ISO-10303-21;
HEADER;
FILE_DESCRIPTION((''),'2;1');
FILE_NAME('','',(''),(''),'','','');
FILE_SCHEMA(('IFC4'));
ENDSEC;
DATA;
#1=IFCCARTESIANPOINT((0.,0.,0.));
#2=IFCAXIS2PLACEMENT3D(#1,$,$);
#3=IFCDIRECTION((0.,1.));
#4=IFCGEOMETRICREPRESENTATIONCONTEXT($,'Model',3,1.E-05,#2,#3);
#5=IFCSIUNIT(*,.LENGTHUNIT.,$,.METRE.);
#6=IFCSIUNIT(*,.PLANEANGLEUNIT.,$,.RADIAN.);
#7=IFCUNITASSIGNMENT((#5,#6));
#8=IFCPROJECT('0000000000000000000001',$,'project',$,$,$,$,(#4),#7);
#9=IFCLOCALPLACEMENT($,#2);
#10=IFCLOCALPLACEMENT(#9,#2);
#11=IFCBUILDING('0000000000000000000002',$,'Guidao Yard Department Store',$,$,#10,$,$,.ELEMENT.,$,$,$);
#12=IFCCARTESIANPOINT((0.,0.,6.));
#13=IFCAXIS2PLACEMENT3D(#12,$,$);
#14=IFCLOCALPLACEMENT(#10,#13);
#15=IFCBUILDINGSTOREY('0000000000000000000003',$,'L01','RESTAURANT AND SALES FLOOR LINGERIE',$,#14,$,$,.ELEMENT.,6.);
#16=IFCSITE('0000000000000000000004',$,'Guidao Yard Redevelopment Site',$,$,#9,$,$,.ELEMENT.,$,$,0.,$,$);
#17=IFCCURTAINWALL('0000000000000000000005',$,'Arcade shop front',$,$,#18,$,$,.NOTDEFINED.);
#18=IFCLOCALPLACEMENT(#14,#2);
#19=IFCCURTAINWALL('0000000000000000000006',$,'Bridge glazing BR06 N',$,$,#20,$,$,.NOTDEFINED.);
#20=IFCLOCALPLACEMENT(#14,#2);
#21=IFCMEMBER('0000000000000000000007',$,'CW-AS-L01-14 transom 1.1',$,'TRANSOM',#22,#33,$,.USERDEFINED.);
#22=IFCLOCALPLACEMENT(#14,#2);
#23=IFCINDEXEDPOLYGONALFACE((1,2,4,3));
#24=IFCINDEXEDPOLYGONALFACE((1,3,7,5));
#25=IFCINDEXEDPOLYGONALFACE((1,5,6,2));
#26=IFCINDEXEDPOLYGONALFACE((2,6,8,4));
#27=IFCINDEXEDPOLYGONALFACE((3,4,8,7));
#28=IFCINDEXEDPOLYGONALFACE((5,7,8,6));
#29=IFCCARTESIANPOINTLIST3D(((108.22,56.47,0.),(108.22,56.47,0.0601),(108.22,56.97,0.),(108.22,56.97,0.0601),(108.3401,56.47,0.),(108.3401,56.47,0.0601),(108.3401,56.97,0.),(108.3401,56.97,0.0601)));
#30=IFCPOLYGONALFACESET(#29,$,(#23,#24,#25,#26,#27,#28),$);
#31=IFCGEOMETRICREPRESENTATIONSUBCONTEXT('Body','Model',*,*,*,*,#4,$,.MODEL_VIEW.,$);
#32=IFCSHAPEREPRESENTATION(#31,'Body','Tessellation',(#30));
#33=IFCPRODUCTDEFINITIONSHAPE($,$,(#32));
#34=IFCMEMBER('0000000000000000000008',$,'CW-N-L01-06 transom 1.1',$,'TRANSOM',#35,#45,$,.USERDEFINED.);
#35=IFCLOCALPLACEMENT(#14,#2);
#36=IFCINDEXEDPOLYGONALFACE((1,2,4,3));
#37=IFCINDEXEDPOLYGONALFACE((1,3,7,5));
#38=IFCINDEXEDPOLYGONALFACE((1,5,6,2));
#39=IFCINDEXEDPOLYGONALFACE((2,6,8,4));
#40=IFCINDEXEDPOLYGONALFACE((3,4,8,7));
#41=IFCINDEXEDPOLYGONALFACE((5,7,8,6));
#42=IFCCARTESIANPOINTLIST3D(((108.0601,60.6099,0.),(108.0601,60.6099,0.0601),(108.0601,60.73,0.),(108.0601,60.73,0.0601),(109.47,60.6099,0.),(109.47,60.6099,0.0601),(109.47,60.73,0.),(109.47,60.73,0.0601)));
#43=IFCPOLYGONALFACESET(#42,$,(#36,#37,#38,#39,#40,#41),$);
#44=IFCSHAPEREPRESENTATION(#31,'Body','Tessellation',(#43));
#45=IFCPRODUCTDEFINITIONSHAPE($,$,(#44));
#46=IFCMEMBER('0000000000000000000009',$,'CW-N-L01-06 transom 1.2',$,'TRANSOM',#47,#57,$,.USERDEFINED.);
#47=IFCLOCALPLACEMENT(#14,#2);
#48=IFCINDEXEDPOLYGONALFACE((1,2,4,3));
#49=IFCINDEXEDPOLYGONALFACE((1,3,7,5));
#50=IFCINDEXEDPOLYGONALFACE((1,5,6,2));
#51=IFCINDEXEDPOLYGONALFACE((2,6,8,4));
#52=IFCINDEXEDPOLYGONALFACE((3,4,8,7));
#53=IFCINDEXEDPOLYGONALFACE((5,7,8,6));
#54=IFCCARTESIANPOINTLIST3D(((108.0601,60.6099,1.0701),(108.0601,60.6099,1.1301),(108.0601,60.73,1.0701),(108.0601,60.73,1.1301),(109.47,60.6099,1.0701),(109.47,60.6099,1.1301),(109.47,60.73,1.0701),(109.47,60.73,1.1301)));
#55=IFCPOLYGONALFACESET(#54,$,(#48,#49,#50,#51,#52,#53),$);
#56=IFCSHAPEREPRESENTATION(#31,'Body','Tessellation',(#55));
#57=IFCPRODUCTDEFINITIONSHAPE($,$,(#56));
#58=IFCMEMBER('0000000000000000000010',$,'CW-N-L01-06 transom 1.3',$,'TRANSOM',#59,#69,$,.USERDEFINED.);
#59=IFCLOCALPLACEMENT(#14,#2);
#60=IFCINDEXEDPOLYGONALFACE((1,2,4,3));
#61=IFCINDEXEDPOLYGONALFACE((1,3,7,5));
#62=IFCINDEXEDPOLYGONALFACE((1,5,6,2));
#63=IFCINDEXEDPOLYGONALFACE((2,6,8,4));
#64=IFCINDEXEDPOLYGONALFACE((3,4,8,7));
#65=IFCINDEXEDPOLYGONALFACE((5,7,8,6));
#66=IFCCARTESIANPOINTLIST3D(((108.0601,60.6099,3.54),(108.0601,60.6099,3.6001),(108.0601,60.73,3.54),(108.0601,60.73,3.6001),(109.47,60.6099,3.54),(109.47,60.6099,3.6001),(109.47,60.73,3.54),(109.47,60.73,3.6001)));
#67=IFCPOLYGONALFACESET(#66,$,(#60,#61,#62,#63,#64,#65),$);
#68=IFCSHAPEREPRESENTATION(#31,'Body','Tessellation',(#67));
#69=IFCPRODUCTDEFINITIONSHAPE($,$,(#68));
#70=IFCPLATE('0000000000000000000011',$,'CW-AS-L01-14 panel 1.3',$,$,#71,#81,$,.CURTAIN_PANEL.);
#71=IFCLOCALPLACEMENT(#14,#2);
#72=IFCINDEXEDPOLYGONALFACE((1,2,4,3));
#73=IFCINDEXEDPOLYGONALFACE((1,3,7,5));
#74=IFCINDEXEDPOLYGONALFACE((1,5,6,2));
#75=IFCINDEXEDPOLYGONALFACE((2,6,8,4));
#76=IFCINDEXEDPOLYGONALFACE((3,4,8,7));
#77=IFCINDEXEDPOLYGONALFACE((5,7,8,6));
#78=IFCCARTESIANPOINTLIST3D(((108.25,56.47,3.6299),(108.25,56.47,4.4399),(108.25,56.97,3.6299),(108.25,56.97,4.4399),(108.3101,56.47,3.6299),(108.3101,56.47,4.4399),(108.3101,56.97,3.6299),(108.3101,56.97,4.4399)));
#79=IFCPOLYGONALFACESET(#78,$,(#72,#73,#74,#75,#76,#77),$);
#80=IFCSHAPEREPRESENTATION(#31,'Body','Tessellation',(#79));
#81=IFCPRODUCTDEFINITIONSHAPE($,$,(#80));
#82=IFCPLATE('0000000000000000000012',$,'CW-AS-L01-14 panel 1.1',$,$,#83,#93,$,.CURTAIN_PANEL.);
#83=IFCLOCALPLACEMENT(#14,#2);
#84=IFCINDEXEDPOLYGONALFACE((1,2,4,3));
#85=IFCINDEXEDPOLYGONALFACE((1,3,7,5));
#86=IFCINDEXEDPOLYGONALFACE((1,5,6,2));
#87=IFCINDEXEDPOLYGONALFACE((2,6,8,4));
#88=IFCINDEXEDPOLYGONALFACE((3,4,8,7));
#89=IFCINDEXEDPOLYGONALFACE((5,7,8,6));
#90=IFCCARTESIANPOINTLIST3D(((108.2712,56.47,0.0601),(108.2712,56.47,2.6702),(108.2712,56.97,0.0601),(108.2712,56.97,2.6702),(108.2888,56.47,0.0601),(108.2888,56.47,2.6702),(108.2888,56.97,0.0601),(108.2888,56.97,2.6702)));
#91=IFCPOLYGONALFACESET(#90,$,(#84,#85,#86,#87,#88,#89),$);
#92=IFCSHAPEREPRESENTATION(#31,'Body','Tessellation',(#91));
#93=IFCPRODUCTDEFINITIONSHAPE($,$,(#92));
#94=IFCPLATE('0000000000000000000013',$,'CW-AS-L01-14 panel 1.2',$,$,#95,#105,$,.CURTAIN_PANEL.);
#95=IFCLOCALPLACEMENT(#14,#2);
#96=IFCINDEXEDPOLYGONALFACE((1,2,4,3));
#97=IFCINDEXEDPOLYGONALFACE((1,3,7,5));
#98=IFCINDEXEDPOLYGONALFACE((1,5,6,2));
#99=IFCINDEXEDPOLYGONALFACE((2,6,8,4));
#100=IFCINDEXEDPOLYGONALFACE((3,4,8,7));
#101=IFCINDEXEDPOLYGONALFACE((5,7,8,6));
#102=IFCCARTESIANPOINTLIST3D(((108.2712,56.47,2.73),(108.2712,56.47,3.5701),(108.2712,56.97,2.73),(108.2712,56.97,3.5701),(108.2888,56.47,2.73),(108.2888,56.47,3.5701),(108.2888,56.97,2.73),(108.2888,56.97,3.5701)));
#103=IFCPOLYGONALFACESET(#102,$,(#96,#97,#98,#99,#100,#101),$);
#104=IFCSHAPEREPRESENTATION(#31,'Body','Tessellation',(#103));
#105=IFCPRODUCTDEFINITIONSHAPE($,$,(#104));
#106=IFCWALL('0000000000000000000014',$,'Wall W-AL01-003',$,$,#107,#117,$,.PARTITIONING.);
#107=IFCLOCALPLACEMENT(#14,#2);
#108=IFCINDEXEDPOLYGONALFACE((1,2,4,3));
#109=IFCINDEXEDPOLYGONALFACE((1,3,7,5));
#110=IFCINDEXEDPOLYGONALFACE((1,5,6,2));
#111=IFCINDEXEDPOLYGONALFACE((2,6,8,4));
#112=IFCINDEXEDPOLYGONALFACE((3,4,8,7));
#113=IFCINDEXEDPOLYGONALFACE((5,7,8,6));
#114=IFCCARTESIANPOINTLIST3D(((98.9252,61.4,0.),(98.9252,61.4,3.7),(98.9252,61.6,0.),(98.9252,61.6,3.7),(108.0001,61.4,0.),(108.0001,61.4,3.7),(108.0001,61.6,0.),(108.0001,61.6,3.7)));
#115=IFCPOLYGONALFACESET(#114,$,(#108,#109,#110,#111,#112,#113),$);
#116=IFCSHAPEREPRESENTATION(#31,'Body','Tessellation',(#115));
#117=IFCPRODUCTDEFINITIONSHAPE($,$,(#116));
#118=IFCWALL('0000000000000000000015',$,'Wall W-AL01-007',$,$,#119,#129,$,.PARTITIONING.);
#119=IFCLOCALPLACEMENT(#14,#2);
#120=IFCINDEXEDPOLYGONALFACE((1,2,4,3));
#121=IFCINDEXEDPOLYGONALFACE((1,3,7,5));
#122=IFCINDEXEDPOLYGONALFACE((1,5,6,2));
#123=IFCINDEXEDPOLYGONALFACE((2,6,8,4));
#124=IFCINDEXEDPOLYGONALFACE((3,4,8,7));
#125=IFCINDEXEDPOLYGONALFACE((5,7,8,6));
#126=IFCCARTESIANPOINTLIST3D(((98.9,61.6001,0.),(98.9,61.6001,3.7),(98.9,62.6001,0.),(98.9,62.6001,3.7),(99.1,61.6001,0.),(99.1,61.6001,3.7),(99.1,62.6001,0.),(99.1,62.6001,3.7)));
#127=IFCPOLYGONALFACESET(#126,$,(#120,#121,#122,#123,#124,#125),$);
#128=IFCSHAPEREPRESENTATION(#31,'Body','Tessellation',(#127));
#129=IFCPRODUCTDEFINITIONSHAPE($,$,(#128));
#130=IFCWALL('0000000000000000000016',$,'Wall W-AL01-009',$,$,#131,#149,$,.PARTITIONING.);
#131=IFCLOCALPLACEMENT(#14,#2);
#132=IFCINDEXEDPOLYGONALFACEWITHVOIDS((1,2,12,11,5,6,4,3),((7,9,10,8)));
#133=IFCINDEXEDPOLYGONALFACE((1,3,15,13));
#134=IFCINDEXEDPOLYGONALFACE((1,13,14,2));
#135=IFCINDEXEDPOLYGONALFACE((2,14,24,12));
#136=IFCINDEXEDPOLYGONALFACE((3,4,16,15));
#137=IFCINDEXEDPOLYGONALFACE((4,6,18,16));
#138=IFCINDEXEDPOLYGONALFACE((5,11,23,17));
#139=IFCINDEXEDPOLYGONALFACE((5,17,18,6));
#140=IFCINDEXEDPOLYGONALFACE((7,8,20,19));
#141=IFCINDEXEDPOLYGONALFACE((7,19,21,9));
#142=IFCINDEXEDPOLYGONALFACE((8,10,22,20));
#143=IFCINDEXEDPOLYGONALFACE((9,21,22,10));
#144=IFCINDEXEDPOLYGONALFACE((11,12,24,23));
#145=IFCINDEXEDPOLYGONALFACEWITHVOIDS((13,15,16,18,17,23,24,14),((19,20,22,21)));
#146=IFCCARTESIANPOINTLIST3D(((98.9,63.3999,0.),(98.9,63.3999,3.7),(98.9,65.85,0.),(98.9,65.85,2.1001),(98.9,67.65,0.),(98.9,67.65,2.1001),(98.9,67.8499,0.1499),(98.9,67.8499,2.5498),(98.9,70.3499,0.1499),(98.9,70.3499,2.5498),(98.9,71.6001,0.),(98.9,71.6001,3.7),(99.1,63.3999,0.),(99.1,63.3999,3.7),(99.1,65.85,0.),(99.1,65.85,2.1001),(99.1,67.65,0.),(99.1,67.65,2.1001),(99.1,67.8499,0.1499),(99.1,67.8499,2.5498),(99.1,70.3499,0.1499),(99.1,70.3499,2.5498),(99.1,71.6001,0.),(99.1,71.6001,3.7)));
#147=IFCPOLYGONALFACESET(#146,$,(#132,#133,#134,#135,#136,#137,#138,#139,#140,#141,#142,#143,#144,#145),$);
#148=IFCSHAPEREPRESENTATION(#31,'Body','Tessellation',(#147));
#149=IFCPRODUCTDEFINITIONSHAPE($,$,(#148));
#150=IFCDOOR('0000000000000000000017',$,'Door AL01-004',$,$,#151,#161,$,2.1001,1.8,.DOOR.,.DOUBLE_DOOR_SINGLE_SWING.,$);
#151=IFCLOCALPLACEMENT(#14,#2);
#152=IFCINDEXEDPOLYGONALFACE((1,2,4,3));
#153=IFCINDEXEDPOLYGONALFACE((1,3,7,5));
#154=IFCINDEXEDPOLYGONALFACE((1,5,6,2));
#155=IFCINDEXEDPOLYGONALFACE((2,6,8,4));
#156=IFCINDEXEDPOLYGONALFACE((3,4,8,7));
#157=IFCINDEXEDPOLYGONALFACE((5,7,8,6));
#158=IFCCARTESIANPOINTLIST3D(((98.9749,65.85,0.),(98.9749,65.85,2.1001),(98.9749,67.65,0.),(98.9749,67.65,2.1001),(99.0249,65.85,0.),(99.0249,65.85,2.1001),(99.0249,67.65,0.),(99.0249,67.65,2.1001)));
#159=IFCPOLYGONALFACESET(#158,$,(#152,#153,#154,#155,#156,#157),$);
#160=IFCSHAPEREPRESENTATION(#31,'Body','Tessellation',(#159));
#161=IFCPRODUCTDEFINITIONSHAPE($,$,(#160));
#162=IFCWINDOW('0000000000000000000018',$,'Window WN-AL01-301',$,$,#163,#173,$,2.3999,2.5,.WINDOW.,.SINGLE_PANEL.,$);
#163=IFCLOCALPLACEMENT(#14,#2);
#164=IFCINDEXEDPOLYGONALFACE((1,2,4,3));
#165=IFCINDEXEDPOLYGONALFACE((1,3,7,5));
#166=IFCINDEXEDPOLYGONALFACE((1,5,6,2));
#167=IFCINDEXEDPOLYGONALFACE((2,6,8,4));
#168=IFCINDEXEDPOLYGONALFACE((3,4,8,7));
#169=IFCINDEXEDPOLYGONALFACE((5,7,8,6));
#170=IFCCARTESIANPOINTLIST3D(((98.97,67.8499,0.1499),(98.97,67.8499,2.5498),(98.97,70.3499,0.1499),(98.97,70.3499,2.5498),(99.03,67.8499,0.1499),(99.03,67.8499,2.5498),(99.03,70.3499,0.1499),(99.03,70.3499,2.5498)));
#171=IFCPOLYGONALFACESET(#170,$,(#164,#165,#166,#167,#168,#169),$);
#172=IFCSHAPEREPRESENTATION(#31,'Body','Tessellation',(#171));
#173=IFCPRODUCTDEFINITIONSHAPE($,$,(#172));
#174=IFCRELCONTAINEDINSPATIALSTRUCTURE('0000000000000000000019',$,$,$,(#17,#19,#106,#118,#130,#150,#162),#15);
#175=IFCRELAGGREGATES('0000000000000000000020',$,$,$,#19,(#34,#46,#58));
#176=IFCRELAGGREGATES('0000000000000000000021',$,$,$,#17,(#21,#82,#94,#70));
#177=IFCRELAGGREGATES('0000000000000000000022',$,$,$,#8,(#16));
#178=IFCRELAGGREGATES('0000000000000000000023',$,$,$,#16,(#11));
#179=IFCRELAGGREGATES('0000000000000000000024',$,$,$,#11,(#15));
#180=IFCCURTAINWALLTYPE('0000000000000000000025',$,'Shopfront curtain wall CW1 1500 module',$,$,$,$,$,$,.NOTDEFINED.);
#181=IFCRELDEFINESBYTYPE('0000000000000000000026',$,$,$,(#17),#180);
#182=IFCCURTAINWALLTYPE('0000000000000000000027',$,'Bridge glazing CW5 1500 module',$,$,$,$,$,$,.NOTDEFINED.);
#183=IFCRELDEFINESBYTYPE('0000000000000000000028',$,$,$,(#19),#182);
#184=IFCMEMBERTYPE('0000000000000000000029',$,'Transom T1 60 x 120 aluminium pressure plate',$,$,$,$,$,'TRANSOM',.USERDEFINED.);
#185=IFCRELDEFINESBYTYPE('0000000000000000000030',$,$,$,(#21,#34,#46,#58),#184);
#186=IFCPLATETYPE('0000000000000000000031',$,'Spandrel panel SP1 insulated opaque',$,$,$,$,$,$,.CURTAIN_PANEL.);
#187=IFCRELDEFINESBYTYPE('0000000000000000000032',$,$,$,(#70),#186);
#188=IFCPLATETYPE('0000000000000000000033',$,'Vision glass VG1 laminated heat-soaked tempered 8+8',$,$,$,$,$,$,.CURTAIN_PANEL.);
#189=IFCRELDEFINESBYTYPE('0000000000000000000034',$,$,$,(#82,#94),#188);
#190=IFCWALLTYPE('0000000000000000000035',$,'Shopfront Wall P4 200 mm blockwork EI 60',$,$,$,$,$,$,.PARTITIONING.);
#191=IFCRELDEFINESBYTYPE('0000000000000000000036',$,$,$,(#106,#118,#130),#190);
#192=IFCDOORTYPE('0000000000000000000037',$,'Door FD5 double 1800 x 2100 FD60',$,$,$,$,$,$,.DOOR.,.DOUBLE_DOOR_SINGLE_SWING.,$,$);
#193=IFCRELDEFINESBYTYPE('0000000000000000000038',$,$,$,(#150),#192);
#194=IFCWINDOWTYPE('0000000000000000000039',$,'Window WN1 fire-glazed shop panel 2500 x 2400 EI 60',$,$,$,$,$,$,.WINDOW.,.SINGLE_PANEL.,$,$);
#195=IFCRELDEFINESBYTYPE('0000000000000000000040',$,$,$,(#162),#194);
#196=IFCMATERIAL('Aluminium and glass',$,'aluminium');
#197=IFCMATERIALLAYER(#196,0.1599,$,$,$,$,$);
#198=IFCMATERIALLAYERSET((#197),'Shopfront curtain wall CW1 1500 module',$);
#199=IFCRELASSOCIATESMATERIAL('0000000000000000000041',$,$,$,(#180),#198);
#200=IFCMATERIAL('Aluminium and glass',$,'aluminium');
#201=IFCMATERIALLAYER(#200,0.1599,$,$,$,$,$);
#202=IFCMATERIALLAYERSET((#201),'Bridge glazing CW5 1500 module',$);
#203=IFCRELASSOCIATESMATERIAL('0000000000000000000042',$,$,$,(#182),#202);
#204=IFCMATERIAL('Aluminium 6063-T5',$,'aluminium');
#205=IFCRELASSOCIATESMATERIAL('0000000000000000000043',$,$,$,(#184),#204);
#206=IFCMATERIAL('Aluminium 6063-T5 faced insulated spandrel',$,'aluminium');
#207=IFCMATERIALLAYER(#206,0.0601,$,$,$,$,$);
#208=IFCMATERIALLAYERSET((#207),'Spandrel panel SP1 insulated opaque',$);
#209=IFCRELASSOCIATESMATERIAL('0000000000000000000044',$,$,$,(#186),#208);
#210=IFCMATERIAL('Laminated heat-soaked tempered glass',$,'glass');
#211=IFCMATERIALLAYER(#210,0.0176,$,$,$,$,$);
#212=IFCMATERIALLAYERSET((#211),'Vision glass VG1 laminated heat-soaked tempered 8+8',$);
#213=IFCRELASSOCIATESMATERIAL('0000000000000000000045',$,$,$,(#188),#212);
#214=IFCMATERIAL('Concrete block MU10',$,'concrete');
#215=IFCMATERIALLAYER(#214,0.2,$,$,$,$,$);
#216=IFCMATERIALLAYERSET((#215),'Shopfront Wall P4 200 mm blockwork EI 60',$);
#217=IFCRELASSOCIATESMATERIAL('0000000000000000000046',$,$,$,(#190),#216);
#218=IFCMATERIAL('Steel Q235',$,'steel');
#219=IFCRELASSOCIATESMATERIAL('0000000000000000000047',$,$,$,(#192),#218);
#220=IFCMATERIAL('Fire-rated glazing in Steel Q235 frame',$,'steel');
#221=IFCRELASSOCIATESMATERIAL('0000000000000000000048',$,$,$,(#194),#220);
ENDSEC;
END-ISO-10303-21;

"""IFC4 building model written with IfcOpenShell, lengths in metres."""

from ifc_helpers import new_model, si_unit, direction, frame, frame_2d, origin, origin_2d, place, context, subcontext, project, spatial, rectangle, extrude, material, layer, layer_set, material_profile, profile_set, type_object, element, fill, aggregate, save


model = new_model("IFC4")

# Units and contexts
model_context = context("Model", 3, precision=1e-05, world=origin(), true_north=direction((0.0, 1.0)))
body_context = subcontext(model_context, "Body", "Model", "MODEL_VIEW")
ifc_project = project(units=[si_unit("LENGTHUNIT", "METRE"), si_unit("PLANEANGLEUNIT", "RADIAN")], contexts=[model_context])

# Site, building, storey
site_placement = place(None, origin())
site = spatial("IfcSite", under=ifc_project, at=site_placement, Name="Guidao Yard Redevelopment Site", CompositionType="ELEMENT", RefElevation=0.0)
building_placement = place(site_placement, origin())
building = spatial("IfcBuilding", under=site, at=building_placement, Name="Guidao Yard Department Store", CompositionType="ELEMENT")
storey_placement = place(building_placement, frame((0.0, 0.0, 6.0)))
storey = spatial("IfcBuildingStorey", under=building, at=storey_placement, Name="L01", Description="RESTAURANT AND SALES FLOOR LINGERIE", CompositionType="ELEMENT", Elevation=6.0)

# Curtain walls
ifc_material_1 = material(Name="Aluminium and glass", Category="aluminium")
ifc_layer_1 = layer(ifc_material_1, 0.1599)
ifc_layer_set_1 = layer_set([ifc_layer_1], Name="Shopfront curtain wall CW1 1500 module")
curtain_wall_type_1 = type_object("IfcCurtainWallType", Name="Shopfront curtain wall CW1 1500 module", PredefinedType="NOTDEFINED", material=ifc_layer_set_1)
curtain_wall_1_placement = place(storey_placement, origin())
curtain_wall_1 = element("IfcCurtainWall", 1, at=curtain_wall_1_placement, inside=storey, type_object=curtain_wall_type_1, Name="Arcade shop front", PredefinedType="NOTDEFINED")
ifc_material_2 = material(Name="Aluminium and glass", Category="aluminium")
ifc_layer_2 = layer(ifc_material_2, 0.1599)
ifc_layer_set_2 = layer_set([ifc_layer_2], Name="Bridge glazing CW5 1500 module")
curtain_wall_type_2 = type_object("IfcCurtainWallType", Name="Bridge glazing CW5 1500 module", PredefinedType="NOTDEFINED", material=ifc_layer_set_2)
curtain_wall_2_placement = place(storey_placement, origin())
curtain_wall_2 = element("IfcCurtainWall", 2, at=curtain_wall_2_placement, inside=storey, type_object=curtain_wall_type_2, Name="Bridge glazing BR06 N", PredefinedType="NOTDEFINED")

# Members
ifc_material_3 = material(Name="Aluminium 6063-T5", Category="aluminium")
ifc_material_profile_1 = material_profile(ifc_material_3, rectangle(XDim=0.1201, YDim=0.0601, at=origin_2d()), Name="Transom T1 60 x 120 aluminium pressure plate")
ifc_profile_set_1 = profile_set([ifc_material_profile_1], Name="Aluminium 6063-T5")
member_type_1 = type_object("IfcMemberType", Name="Transom T1 60 x 120 aluminium pressure plate", ElementType="TRANSOM", PredefinedType="USERDEFINED", material=ifc_profile_set_1)
member_1_placement = place(storey_placement, frame((108.28, 56.97, 0.03), z_axis=(0.0, -1.0, 0.0), x_axis=(1.0, 0.0, 0.0)))
member_1 = element("IfcMember", 3, at=member_1_placement, type_object=member_type_1, Name="CW-AS-L01-14 transom 1.1", ObjectType="TRANSOM", PredefinedType="USERDEFINED", context=body_context, shape_type="SweptSolid", body=[
    extrude(rectangle(XDim=0.1201, YDim=0.0601, at=origin_2d()), origin(), (0.0, 0.0, 1.0), 0.5),
])
member_2_placement = place(storey_placement, frame((108.0601, 60.6699, 0.03), z_axis=(1.0, 0.0, 0.0), x_axis=(0.0, 1.0, 0.0)))
member_2 = element("IfcMember", 4, at=member_2_placement, type_object=member_type_1, Name="CW-N-L01-06 transom 1.1", ObjectType="TRANSOM", PredefinedType="USERDEFINED", context=body_context, shape_type="SweptSolid", body=[
    extrude(rectangle(XDim=0.1201, YDim=0.0601, at=origin_2d()), origin(), (0.0, 0.0, 1.0), 1.4099),
])
member_3_placement = place(storey_placement, frame((108.0601, 60.6699, 1.1001), z_axis=(1.0, 0.0, 0.0), x_axis=(0.0, 1.0, 0.0)))
member_3 = element("IfcMember", 5, at=member_3_placement, type_object=member_type_1, Name="CW-N-L01-06 transom 1.2", ObjectType="TRANSOM", PredefinedType="USERDEFINED", context=body_context, shape_type="SweptSolid", body=[
    extrude(rectangle(XDim=0.1201, YDim=0.0601, at=origin_2d()), origin(), (0.0, 0.0, 1.0), 1.4099),
])
member_4_placement = place(storey_placement, frame((108.0601, 60.6699, 3.5701), z_axis=(1.0, 0.0, 0.0), x_axis=(0.0, 1.0, 0.0)))
member_4 = element("IfcMember", 6, at=member_4_placement, type_object=member_type_1, Name="CW-N-L01-06 transom 1.3", ObjectType="TRANSOM", PredefinedType="USERDEFINED", context=body_context, shape_type="SweptSolid", body=[
    extrude(rectangle(XDim=0.1201, YDim=0.0601, at=origin_2d()), origin(), (0.0, 0.0, 1.0), 1.4099),
])
aggregate(curtain_wall_2, [member_2, member_3, member_4])

# Plates
ifc_material_4 = material(Name="Aluminium 6063-T5 faced insulated spandrel", Category="aluminium")
ifc_layer_3 = layer(ifc_material_4, 0.0601)
ifc_layer_set_3 = layer_set([ifc_layer_3], Name="Spandrel panel SP1 insulated opaque")
plate_type_1 = type_object("IfcPlateType", Name="Spandrel panel SP1 insulated opaque", PredefinedType="CURTAIN_PANEL", material=ifc_layer_set_3)
plate_1_placement = place(storey_placement, frame((108.28, 56.72, 3.6299), z_axis=(0.0, 0.0, 1.0), x_axis=(0.0, -1.0, 0.0)))
plate_1 = element("IfcPlate", 7, at=plate_1_placement, type_object=plate_type_1, Name="CW-AS-L01-14 panel 1.3", PredefinedType="CURTAIN_PANEL", context=body_context, shape_type="SweptSolid", body=[
    extrude(rectangle(XDim=0.5, YDim=0.0601, at=origin_2d()), origin(), (0.0, 0.0, 1.0), 0.8101),
])
ifc_material_5 = material(Name="Laminated heat-soaked tempered glass", Category="glass")
ifc_layer_4 = layer(ifc_material_5, 0.0176)
ifc_layer_set_4 = layer_set([ifc_layer_4], Name="Vision glass VG1 laminated heat-soaked tempered 8+8")
plate_type_2 = type_object("IfcPlateType", Name="Vision glass VG1 laminated heat-soaked tempered 8+8", PredefinedType="CURTAIN_PANEL", material=ifc_layer_set_4)
plate_2_placement = place(storey_placement, frame((108.28, 56.72, 0.0601), z_axis=(0.0, 0.0, 1.0), x_axis=(0.0, -1.0, 0.0)))
plate_2 = element("IfcPlate", 8, at=plate_2_placement, type_object=plate_type_2, Name="CW-AS-L01-14 panel 1.1", PredefinedType="CURTAIN_PANEL", context=body_context, shape_type="SweptSolid", body=[
    extrude(rectangle(XDim=0.5, YDim=0.0176, at=origin_2d()), origin(), (0.0, 0.0, 1.0), 2.6101),
])
plate_3_placement = place(storey_placement, frame((108.28, 56.72, 2.73), z_axis=(0.0, 0.0, 1.0), x_axis=(0.0, -1.0, 0.0)))
plate_3 = element("IfcPlate", 9, at=plate_3_placement, type_object=plate_type_2, Name="CW-AS-L01-14 panel 1.2", PredefinedType="CURTAIN_PANEL", context=body_context, shape_type="SweptSolid", body=[
    extrude(rectangle(XDim=0.5, YDim=0.0176, at=origin_2d()), origin(), (0.0, 0.0, 1.0), 0.8401),
])
aggregate(curtain_wall_1, [member_1, plate_2, plate_3, plate_1])

# Walls
ifc_material_6 = material(Name="Concrete block MU10", Category="concrete")
ifc_layer_5 = layer(ifc_material_6, 0.2)
ifc_layer_set_5 = layer_set([ifc_layer_5], Name="Shopfront Wall P4 200 mm blockwork EI 60")
wall_type = type_object("IfcWallType", Name="Shopfront Wall P4 200 mm blockwork EI 60", PredefinedType="PARTITIONING", material=ifc_layer_set_5)
wall_1_placement = place(storey_placement, frame((98.925, 61.5, 0.0), z_axis=(0.0, 0.0, 1.0), x_axis=(1.0, 0.0, 0.0)))
element("IfcWall", 10, at=wall_1_placement, inside=storey, type_object=wall_type, Name="Wall W-AL01-003", PredefinedType="PARTITIONING", context=body_context, shape_type="SweptSolid", body=[
    extrude(rectangle(XDim=9.075, YDim=0.2, at=frame_2d((4.5376, 0.0))), origin(), (0.0, 0.0, 1.0), 3.7),
])
wall_2_placement = place(storey_placement, frame((99.0, 61.6001, 0.0), z_axis=(0.0, 0.0, 1.0), x_axis=(0.0, 1.0, 0.0)))
element("IfcWall", 11, at=wall_2_placement, inside=storey, type_object=wall_type, Name="Wall W-AL01-007", PredefinedType="PARTITIONING", context=body_context, shape_type="SweptSolid", body=[
    extrude(rectangle(XDim=1.0, YDim=0.2, at=frame_2d((0.5, 0.0))), origin(), (0.0, 0.0, 1.0), 3.7),
])

# Wall, openings, door, window
wall_3_placement = place(storey_placement, frame((99.0, 63.3999, 0.0), z_axis=(0.0, 0.0, 1.0), x_axis=(0.0, 1.0, 0.0)))
wall_3 = element("IfcWall", 12, at=wall_3_placement, inside=storey, type_object=wall_type, Name="Wall W-AL01-009", PredefinedType="PARTITIONING", context=body_context, shape_type="SweptSolid", body=[
    extrude(rectangle(XDim=8.2002, YDim=0.2, at=frame_2d((4.1001, 0.0))), origin(), (0.0, 0.0, 1.0), 3.7),
])
opening_1_placement = place(wall_3_placement, frame((4.25, 0.0, 0.0), z_axis=(0.0, 0.0, 1.0), x_axis=(-1.0, 0.0, 0.0)))
opening_1 = element("IfcOpeningElement", 13, at=opening_1_placement, cuts=wall_3, PredefinedType="OPENING", context=body_context, shape_type="SweptSolid", body=[
    extrude(rectangle(XDim=1.8, YDim=2.1001, at=frame_2d((0.8999, 1.05))), frame((0.0, 0.1099, 0.0), z_axis=(0.0, -1.0, 0.0), x_axis=(1.0, 0.0, 0.0)), (0.0, 0.0, 1.0), 0.22),
])
opening_2_placement = place(wall_3_placement, frame((4.45, 0.0, 0.1499)))
opening_2 = element("IfcOpeningElement", 14, at=opening_2_placement, cuts=wall_3, PredefinedType="OPENING", context=body_context, shape_type="SweptSolid", body=[
    extrude(rectangle(XDim=2.5, YDim=2.3999, at=frame_2d((1.25, 1.2))), frame((0.0, 0.1099, 0.0), z_axis=(0.0, -1.0, 0.0), x_axis=(1.0, 0.0, 0.0)), (0.0, 0.0, 1.0), 0.22),
])
ifc_material_7 = material(Name="Steel Q235", Category="steel")
door_type = type_object("IfcDoorType", Name="Door FD5 double 1800 x 2100 FD60", OperationType="DOUBLE_DOOR_SINGLE_SWING", PredefinedType="DOOR", material=ifc_material_7)
door_placement = place(opening_1_placement, origin())
door = element("IfcDoor", 15, at=door_placement, inside=storey, type_object=door_type, Name="Door AL01-004", OperationType="DOUBLE_DOOR_SINGLE_SWING", OverallHeight=2.1001, OverallWidth=1.8, PredefinedType="DOOR", context=body_context, shape_type="SweptSolid", body=[
    extrude(rectangle(XDim=1.8, YDim=2.1001, at=frame_2d((0.8999, 1.05))), frame((0.0, 0.0249, 0.0), z_axis=(0.0, -1.0, 0.0), x_axis=(1.0, 0.0, 0.0)), (0.0, 0.0, 1.0), 0.05),
])
fill(opening_1, door)
ifc_material_8 = material(Name="Fire-rated glazing in Steel Q235 frame", Category="steel")
window_type = type_object("IfcWindowType", Name="Window WN1 fire-glazed shop panel 2500 x 2400 EI 60", PartitioningType="SINGLE_PANEL", PredefinedType="WINDOW", material=ifc_material_8)
window_placement = place(opening_2_placement, origin())
window = element("IfcWindow", 16, at=window_placement, inside=storey, type_object=window_type, Name="Window WN-AL01-301", OverallHeight=2.3999, OverallWidth=2.5, PartitioningType="SINGLE_PANEL", PredefinedType="WINDOW", context=body_context, shape_type="SweptSolid", body=[
    extrude(rectangle(XDim=2.5, YDim=2.3999, at=frame_2d((1.25, 1.2))), frame((0.0, 0.03, 0.0), z_axis=(0.0, -1.0, 0.0), x_axis=(1.0, 0.0, 0.0)), (0.0, 0.0, 1.0), 0.0601),
])
fill(opening_2, window)

save(model, "model.ifc")
